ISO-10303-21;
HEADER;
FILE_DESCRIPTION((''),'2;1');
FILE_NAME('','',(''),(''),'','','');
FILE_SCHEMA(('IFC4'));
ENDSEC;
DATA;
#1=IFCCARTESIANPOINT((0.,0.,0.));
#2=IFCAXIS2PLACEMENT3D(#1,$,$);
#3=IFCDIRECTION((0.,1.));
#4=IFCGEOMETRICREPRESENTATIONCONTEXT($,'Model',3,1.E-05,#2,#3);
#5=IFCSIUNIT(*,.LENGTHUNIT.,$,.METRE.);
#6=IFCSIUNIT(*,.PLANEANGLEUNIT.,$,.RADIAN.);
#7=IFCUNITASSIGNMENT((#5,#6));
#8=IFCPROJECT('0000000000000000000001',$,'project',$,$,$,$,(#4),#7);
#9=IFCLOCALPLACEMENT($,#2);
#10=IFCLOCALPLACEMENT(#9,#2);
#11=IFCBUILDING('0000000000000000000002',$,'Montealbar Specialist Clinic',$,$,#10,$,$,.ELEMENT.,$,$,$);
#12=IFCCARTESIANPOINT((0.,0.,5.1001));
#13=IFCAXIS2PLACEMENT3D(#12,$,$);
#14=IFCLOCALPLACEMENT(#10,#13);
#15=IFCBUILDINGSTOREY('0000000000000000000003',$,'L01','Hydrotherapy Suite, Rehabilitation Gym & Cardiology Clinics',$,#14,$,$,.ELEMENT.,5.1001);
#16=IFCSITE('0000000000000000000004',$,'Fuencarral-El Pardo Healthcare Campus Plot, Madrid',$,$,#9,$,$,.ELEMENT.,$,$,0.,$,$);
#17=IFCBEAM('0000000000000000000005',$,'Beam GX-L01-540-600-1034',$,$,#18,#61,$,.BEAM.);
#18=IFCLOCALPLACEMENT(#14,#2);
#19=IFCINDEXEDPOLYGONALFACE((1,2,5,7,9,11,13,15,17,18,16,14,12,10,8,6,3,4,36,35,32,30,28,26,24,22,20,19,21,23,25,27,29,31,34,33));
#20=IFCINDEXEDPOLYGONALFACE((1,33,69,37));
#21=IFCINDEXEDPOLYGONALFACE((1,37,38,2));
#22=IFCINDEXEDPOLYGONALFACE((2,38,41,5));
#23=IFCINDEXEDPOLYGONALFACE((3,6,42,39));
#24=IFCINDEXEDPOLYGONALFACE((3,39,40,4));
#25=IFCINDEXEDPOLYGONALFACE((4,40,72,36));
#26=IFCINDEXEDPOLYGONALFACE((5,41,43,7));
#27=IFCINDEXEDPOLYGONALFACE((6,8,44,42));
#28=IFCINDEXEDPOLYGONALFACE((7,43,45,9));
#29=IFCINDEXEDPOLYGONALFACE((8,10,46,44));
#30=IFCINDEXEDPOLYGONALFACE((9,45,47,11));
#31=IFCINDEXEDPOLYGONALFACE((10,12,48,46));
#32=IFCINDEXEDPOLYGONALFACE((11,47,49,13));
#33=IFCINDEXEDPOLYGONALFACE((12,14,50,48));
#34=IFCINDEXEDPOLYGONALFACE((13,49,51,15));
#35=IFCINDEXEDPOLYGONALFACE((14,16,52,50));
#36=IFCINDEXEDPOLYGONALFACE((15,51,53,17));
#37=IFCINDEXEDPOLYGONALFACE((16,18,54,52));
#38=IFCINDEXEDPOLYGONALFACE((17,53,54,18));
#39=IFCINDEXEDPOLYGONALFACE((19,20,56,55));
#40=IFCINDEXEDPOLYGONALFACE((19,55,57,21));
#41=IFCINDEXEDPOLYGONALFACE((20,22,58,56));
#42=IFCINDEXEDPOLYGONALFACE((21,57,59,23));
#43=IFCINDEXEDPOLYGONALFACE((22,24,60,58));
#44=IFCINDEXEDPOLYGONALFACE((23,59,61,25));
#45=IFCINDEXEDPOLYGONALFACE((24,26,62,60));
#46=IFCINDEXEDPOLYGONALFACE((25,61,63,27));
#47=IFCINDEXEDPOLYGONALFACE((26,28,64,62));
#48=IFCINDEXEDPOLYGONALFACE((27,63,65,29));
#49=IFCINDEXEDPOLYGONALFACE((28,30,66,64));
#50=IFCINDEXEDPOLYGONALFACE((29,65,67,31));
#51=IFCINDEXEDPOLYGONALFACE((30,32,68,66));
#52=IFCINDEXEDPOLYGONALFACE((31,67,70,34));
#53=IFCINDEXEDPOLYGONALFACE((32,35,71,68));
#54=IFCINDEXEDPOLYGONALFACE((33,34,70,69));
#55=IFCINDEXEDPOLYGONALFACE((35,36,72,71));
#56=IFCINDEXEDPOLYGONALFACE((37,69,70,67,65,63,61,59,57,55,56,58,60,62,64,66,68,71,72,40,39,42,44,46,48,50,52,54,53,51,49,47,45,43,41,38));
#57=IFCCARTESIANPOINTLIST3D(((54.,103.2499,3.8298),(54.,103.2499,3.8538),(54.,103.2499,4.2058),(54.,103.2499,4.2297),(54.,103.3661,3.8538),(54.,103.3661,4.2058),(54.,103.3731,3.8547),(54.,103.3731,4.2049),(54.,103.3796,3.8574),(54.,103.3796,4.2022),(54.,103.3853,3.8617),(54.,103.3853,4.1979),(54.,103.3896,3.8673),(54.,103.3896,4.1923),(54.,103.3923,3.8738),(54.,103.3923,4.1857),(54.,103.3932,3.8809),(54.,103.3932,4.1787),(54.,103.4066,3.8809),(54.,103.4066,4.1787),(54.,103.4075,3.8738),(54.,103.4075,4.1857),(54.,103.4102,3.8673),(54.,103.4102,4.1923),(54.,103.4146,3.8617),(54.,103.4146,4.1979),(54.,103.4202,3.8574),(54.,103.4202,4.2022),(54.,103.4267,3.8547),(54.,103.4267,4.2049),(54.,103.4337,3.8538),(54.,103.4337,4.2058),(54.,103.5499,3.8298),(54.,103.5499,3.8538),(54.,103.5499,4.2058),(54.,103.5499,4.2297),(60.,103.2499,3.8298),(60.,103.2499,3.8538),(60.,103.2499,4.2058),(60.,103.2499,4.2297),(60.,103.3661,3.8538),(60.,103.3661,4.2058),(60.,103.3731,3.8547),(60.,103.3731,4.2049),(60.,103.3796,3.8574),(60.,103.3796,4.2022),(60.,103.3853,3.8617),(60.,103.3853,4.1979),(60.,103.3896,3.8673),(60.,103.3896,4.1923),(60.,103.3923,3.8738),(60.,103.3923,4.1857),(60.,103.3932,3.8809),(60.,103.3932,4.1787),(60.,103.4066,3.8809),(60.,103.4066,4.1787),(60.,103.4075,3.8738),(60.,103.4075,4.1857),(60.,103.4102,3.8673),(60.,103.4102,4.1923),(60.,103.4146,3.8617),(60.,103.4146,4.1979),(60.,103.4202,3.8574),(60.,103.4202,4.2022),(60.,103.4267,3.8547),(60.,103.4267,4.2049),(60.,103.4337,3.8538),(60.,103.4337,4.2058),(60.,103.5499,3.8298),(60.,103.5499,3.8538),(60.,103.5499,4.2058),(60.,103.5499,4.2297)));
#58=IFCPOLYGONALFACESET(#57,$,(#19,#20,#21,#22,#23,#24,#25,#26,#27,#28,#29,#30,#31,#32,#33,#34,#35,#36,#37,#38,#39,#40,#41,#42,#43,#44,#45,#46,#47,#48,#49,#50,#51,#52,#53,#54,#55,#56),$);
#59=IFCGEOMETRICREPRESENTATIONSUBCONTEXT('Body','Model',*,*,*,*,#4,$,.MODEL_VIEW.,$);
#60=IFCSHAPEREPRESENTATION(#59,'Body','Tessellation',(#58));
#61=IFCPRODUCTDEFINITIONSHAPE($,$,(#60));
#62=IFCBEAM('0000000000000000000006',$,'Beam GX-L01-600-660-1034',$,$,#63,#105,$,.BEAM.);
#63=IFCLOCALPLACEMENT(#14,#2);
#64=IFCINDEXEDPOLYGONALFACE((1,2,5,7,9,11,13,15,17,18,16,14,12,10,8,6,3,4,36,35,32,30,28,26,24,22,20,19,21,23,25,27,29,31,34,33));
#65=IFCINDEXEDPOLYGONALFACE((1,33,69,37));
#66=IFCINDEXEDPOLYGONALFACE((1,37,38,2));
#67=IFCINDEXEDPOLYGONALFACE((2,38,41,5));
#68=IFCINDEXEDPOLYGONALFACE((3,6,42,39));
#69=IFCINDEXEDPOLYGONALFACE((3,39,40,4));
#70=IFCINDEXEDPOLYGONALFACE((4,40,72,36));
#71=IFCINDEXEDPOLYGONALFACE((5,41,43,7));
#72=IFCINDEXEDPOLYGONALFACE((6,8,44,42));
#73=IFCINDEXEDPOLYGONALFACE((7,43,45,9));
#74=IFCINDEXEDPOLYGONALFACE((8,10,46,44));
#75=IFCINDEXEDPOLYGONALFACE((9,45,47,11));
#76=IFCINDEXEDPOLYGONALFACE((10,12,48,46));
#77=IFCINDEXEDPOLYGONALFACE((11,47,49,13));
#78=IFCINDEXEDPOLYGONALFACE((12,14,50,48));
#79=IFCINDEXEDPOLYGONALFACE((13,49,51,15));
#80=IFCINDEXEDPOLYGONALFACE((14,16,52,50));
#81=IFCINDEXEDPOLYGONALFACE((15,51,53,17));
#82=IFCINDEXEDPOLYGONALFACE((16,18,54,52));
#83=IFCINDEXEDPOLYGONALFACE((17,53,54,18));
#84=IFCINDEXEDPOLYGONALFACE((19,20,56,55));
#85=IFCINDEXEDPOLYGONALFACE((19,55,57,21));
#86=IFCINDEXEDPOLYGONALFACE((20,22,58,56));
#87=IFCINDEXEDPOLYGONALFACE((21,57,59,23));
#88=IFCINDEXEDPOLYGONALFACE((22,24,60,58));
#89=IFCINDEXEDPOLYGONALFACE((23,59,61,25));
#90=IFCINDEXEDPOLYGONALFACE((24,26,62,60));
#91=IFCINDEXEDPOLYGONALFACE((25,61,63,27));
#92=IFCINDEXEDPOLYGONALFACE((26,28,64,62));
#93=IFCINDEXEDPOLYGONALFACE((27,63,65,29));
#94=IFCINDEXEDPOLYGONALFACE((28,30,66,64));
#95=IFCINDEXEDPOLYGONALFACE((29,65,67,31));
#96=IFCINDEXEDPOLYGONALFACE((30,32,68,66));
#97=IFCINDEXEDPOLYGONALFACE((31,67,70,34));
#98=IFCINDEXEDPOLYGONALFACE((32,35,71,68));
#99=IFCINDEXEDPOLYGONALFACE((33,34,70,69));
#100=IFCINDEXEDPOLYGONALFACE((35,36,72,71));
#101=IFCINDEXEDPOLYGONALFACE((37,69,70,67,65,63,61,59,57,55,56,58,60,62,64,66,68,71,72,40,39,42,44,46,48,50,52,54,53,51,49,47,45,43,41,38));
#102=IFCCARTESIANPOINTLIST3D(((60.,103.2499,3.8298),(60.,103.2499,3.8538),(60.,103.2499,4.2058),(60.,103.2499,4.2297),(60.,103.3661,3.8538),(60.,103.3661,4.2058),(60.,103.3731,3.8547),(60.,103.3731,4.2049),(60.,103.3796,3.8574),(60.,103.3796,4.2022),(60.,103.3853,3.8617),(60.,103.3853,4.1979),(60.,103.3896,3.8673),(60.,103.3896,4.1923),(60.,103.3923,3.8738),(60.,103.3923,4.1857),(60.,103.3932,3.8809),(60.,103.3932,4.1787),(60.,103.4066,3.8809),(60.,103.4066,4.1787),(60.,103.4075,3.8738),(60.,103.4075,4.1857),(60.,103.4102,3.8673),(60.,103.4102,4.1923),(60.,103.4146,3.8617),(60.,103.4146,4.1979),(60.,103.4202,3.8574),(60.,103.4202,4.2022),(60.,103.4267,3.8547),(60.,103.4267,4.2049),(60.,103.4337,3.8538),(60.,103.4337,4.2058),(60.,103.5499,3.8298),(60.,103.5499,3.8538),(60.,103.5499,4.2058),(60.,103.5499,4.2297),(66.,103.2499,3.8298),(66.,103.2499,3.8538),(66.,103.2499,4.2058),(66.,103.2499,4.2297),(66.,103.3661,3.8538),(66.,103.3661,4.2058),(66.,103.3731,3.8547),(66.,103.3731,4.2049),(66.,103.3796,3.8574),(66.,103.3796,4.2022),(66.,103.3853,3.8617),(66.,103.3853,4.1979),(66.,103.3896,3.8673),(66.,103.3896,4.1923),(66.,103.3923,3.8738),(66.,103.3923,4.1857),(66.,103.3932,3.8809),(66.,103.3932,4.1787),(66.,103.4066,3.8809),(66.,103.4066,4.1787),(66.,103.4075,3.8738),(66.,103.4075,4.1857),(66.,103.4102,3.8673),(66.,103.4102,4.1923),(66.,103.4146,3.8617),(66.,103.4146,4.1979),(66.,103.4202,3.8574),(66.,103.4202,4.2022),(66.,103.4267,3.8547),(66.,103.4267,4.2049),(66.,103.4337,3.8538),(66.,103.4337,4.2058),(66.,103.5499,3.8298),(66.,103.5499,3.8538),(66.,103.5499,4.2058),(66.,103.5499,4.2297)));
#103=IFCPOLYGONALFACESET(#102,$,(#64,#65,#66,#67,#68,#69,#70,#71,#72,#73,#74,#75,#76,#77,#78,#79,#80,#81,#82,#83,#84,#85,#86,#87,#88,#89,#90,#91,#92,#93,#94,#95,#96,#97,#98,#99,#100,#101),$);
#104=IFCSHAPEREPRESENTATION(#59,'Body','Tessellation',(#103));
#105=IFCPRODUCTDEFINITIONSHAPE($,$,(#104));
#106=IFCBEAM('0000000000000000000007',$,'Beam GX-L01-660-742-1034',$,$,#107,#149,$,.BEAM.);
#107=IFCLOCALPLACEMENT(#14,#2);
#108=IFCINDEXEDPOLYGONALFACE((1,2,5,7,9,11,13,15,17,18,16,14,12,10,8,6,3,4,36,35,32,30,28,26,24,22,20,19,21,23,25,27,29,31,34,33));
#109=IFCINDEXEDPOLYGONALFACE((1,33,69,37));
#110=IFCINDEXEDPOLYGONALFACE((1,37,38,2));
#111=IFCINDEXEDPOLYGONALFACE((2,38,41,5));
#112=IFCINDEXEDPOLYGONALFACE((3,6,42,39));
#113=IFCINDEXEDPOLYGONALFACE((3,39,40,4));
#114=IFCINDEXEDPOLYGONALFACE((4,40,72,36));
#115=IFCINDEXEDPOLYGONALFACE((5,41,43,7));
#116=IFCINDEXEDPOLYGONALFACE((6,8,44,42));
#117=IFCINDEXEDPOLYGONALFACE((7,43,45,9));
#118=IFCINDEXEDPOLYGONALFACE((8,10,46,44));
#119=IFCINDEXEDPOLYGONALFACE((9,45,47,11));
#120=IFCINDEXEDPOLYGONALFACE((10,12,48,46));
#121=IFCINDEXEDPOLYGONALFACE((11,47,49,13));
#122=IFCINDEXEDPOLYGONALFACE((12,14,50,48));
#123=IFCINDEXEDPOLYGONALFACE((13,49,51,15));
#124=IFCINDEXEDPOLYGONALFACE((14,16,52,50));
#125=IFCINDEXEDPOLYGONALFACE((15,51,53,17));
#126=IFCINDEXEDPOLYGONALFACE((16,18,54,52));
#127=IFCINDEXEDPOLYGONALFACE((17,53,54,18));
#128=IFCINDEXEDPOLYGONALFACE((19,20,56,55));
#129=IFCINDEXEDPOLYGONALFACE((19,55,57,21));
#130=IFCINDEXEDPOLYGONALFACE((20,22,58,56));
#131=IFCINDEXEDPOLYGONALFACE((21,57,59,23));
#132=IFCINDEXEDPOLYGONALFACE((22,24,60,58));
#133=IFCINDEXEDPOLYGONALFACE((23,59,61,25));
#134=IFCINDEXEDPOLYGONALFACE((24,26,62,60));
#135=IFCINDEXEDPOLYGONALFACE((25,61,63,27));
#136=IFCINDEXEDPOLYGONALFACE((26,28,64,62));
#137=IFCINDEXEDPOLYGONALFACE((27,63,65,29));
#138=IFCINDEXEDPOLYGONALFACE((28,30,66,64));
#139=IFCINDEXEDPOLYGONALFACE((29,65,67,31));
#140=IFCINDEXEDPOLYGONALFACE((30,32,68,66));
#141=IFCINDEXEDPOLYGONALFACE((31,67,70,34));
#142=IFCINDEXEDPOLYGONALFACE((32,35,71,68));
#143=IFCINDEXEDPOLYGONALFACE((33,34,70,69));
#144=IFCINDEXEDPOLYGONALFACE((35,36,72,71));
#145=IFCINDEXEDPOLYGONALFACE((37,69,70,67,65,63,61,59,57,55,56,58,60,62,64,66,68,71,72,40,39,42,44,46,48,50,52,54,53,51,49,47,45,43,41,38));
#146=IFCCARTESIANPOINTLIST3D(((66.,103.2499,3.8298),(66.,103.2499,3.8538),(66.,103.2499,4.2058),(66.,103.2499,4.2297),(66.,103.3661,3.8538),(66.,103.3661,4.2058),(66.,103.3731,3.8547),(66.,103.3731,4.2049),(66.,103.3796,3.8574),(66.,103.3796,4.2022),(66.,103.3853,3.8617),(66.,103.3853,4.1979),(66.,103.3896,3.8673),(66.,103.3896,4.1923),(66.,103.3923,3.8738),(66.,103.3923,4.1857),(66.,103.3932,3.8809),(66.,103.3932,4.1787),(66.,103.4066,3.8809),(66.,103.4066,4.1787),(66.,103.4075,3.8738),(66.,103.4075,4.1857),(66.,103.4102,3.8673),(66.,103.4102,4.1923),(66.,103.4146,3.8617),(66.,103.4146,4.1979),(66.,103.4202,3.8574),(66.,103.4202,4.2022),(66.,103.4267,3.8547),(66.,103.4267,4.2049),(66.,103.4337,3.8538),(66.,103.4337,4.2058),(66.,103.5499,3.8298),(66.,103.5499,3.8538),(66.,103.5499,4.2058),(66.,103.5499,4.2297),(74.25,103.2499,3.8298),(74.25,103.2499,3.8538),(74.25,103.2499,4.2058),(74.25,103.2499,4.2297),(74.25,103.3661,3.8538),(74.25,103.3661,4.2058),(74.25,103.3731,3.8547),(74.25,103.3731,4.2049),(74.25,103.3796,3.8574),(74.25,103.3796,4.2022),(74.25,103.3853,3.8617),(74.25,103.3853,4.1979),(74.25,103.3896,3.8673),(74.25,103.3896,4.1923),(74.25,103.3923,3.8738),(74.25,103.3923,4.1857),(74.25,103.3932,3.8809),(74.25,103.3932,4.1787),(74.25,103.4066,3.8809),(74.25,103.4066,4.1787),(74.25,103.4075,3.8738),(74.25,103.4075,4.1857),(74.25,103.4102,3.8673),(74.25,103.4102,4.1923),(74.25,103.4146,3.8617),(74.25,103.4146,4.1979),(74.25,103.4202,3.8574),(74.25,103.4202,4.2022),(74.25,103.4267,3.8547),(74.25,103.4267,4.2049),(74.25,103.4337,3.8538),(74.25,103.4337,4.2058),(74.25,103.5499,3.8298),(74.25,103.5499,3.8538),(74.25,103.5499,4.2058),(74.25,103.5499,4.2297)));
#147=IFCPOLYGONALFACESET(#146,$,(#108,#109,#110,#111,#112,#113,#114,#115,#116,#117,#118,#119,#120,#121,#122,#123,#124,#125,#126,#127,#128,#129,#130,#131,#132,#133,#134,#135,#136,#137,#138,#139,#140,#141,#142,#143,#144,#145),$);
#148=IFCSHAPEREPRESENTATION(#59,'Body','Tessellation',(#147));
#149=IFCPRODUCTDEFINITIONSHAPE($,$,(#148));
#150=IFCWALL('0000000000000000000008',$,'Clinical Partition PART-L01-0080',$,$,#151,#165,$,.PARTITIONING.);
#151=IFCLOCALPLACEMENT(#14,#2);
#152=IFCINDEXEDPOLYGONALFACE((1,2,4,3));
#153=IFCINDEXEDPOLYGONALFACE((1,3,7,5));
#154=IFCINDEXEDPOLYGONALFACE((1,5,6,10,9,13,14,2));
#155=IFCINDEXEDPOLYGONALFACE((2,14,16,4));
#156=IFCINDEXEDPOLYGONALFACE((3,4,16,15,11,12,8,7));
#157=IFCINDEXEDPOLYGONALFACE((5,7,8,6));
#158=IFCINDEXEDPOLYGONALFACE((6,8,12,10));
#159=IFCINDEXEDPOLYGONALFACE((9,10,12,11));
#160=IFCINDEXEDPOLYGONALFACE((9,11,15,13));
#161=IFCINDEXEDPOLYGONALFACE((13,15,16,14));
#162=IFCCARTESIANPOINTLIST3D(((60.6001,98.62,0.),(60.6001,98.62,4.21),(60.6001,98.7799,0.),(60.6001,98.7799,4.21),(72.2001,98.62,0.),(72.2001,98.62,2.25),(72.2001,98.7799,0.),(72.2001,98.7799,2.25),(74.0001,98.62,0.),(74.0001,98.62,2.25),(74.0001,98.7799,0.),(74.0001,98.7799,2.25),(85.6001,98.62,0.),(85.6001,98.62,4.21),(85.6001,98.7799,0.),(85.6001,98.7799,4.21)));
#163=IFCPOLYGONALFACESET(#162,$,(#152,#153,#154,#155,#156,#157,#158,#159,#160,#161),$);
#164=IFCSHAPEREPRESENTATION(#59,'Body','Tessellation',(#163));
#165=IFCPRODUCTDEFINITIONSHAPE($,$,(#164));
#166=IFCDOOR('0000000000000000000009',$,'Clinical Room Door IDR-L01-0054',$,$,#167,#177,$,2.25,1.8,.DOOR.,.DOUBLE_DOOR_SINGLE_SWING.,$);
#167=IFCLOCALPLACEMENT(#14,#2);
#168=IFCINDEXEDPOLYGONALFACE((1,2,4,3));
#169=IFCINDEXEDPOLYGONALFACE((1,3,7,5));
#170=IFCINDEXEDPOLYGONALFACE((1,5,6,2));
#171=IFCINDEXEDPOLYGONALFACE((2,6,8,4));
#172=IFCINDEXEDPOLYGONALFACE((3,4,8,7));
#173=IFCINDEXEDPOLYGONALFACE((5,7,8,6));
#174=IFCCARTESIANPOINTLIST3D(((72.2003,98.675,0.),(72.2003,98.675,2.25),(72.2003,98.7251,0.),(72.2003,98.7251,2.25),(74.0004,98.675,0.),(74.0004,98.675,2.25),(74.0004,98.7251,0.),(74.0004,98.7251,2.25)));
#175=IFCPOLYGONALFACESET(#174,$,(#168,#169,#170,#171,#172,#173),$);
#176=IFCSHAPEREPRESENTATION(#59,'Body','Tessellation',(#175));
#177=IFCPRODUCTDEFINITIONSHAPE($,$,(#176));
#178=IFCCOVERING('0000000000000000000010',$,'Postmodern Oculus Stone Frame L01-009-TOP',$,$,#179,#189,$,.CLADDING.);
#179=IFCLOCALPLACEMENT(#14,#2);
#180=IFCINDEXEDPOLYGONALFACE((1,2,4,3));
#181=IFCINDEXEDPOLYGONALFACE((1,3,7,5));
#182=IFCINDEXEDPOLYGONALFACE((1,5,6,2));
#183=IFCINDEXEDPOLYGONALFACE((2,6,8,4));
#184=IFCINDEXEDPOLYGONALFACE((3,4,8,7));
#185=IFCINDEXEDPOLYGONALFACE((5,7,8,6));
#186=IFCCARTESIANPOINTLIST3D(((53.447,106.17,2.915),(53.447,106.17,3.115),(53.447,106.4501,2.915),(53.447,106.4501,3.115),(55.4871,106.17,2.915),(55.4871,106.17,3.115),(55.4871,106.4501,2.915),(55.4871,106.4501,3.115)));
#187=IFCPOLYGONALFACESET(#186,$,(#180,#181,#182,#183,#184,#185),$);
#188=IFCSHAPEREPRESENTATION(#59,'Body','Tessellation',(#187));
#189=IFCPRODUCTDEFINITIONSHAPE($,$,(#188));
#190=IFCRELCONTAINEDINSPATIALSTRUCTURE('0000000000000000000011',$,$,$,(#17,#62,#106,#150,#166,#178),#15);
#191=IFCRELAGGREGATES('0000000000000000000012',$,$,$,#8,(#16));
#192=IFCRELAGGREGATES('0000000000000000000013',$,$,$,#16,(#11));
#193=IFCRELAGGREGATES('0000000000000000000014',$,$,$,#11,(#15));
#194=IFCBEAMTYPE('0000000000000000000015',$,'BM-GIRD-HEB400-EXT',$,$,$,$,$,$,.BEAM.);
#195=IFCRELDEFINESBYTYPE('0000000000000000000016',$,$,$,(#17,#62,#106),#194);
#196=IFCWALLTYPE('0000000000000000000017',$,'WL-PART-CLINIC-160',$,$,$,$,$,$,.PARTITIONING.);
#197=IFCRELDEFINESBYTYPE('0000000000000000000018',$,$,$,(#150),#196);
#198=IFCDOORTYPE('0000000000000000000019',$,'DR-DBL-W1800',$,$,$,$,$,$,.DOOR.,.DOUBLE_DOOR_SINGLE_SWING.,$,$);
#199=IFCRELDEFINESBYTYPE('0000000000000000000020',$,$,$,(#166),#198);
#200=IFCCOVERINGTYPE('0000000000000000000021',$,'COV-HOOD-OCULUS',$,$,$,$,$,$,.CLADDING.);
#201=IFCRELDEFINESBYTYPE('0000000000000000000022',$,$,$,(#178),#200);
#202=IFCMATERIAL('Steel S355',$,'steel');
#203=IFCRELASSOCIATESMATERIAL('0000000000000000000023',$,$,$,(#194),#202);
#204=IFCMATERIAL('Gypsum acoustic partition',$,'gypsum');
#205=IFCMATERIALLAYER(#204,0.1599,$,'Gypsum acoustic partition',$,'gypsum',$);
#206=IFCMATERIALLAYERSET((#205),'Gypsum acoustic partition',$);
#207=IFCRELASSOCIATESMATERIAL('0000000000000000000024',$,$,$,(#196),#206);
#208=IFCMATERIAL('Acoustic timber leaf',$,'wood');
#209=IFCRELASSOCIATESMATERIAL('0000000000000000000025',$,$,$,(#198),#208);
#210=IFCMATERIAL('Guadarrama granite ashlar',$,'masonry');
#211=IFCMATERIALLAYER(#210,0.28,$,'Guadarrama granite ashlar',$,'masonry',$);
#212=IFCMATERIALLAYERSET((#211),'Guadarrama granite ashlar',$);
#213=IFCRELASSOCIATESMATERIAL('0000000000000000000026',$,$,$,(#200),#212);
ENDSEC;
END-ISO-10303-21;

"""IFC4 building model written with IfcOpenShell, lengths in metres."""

from ifc_helpers import new_model, si_unit, direction, frame, frame_2d, origin, origin_2d, place, context, subcontext, project, spatial, rectangle, i_section, extrude, material, layer, layer_set, material_profile, profile_set, type_object, element, fill, save


model = new_model("IFC4")

# Units and contexts
model_context = context("Model", 3, precision=1e-05, world=origin(), true_north=direction((0.0, 1.0)))
body_context = subcontext(model_context, "Body", "Model", "MODEL_VIEW")
ifc_project = project(units=[si_unit("LENGTHUNIT", "METRE"), si_unit("PLANEANGLEUNIT", "RADIAN")], contexts=[model_context])

# Site, building, storey
site_placement = place(None, origin())
site = spatial("IfcSite", under=ifc_project, at=site_placement, Name="Fuencarral-El Pardo Healthcare Campus Plot, Madrid", CompositionType="ELEMENT", RefElevation=0.0)
building_placement = place(site_placement, origin())
building = spatial("IfcBuilding", under=site, at=building_placement, Name="Montealbar Specialist Clinic", CompositionType="ELEMENT")
storey_placement = place(building_placement, frame((0.0, 0.0, 5.1001)))
storey = spatial("IfcBuildingStorey", under=building, at=storey_placement, Name="L01", Description="Hydrotherapy Suite, Rehabilitation Gym & Cardiology Clinics", CompositionType="ELEMENT", Elevation=5.1001)

# Shared definitions
ifc_material_1 = material(Name="Steel S355", Category="steel")
ifc_material_2 = material(Name="Guadarrama granite ashlar", Category="masonry")

# Beams
ifc_material_profile_1 = material_profile(ifc_material_1, i_section(OverallWidth=0.3, OverallDepth=0.3999, WebThickness=0.0134, FlangeThickness=0.0239, FilletRadius=0.0271, at=origin_2d()), Name="HEB 400", Category="steel")
ifc_profile_set_1 = profile_set([ifc_material_profile_1], Name="Steel S355")
beam_type_1 = type_object("IfcBeamType", Name="BM-GIRD-HEB400-EXT", PredefinedType="BEAM", material=ifc_profile_set_1)
for number, where, z_axis, x_axis, name in (
    (1, (54.0, 103.3999, 4.0298), (1.0, 0.0, 0.0), (0.0, 1.0, 0.0), "Beam GX-L01-540-600-1034"),
    (2, (60.0, 103.3999, 4.0298), (1.0, 0.0, 0.0), (0.0, 1.0, 0.0), "Beam GX-L01-600-660-1034"),
):
    element("IfcBeam", number, at=place(storey_placement, frame(where, z_axis=z_axis, x_axis=x_axis)), inside=storey, type_object=beam_type_1, Name=name, PredefinedType="BEAM", context=body_context, shape_type="SweptSolid", body=[
        extrude(i_section(OverallWidth=0.3, OverallDepth=0.3999, WebThickness=0.0134, FlangeThickness=0.0239, FilletRadius=0.0271, at=origin_2d()), origin(), (0.0, 0.0, 1.0), 6.0),
    ])
beam_1_placement = place(storey_placement, frame((66.0, 103.3999, 4.0298), z_axis=(1.0, 0.0, 0.0), x_axis=(0.0, 1.0, 0.0)))
element("IfcBeam", 3, at=beam_1_placement, inside=storey, type_object=beam_type_1, Name="Beam GX-L01-660-742-1034", PredefinedType="BEAM", context=body_context, shape_type="SweptSolid", body=[
    extrude(i_section(OverallWidth=0.3, OverallDepth=0.3999, WebThickness=0.0134, FlangeThickness=0.0239, FilletRadius=0.0271, at=origin_2d()), origin(), (0.0, 0.0, 1.0), 8.25),
])

# Wall, opening, door
ifc_material_3 = material(Name="Gypsum acoustic partition", Category="gypsum")
ifc_layer_1 = layer(ifc_material_3, 0.1599, Name="Gypsum acoustic partition", Category="gypsum")
ifc_layer_set_1 = layer_set([ifc_layer_1], Name="Gypsum acoustic partition")
wall_type = type_object("IfcWallType", Name="WL-PART-CLINIC-160", PredefinedType="PARTITIONING", material=ifc_layer_set_1)
wall_placement = place(storey_placement, frame((60.6001, 98.7, 0.0), z_axis=(0.0, 0.0, 1.0), x_axis=(1.0, 0.0, 0.0)))
wall = element("IfcWall", 4, at=wall_placement, inside=storey, type_object=wall_type, Name="Clinical Partition PART-L01-0080", PredefinedType="PARTITIONING", context=body_context, shape_type="SweptSolid", body=[
    extrude(rectangle(XDim=25.0, YDim=0.1599, at=frame_2d((12.5, 0.0))), origin(), (0.0, 0.0, 1.0), 4.21),
])
opening_placement = place(wall_placement, frame((11.6001, 0.0, 0.0)))
opening = element("IfcOpeningElement", 5, at=opening_placement, cuts=wall, PredefinedType="OPENING", context=body_context, shape_type="SweptSolid", body=[
    extrude(rectangle(XDim=1.8, YDim=2.25, at=frame_2d((0.8999, 1.125))), frame((0.0, 0.0898, 0.0), z_axis=(0.0, -1.0, 0.0), x_axis=(1.0, 0.0, 0.0)), (0.0, 0.0, 1.0), 0.1799),
])
ifc_material_4 = material(Name="Acoustic timber leaf", Category="wood")
door_type = type_object("IfcDoorType", Name="DR-DBL-W1800", OperationType="DOUBLE_DOOR_SINGLE_SWING", PredefinedType="DOOR", material=ifc_material_4)
door_placement = place(opening_placement, frame((1.8, 0.0, 0.0), z_axis=(0.0, 0.0, 1.0), x_axis=(-1.0, 0.0, 0.0)))
door = element("IfcDoor", 6, at=door_placement, inside=storey, type_object=door_type, Name="Clinical Room Door IDR-L01-0054", OperationType="DOUBLE_DOOR_SINGLE_SWING", OverallHeight=2.25, OverallWidth=1.8, PredefinedType="DOOR", context=body_context, shape_type="SweptSolid", body=[
    extrude(rectangle(XDim=1.8, YDim=2.25, at=frame_2d((0.8999, 1.125))), frame((0.0, 0.0249, 0.0), z_axis=(0.0, -1.0, 0.0), x_axis=(1.0, 0.0, 0.0)), (0.0, 0.0, 1.0), 0.05),
])
fill(opening, door)

# Covering
ifc_layer_2 = layer(ifc_material_2, 0.28, Name="Guadarrama granite ashlar", Category="masonry")
ifc_layer_set_2 = layer_set([ifc_layer_2], Name="Guadarrama granite ashlar")
covering_type = type_object("IfcCoveringType", Name="COV-HOOD-OCULUS", PredefinedType="CLADDING", material=ifc_layer_set_2)
for number, where, z_axis, x_axis, name in (
    (7, (54.467, 106.3101, 2.915), (0.0, 0.0, 1.0), (1.0, 0.0, 0.0), "Postmodern Oculus Stone Frame L01-009-TOP"),
):
    element("IfcCovering", number, at=place(storey_placement, frame(where, z_axis=z_axis, x_axis=x_axis)), inside=storey, type_object=covering_type, Name=name, PredefinedType="CLADDING", context=body_context, shape_type="SweptSolid", body=[
        extrude(rectangle(XDim=2.04, YDim=0.28, at=origin_2d()), origin(), (0.0, 0.0, 1.0), 0.2),
    ])

save(model, "model.ifc")
